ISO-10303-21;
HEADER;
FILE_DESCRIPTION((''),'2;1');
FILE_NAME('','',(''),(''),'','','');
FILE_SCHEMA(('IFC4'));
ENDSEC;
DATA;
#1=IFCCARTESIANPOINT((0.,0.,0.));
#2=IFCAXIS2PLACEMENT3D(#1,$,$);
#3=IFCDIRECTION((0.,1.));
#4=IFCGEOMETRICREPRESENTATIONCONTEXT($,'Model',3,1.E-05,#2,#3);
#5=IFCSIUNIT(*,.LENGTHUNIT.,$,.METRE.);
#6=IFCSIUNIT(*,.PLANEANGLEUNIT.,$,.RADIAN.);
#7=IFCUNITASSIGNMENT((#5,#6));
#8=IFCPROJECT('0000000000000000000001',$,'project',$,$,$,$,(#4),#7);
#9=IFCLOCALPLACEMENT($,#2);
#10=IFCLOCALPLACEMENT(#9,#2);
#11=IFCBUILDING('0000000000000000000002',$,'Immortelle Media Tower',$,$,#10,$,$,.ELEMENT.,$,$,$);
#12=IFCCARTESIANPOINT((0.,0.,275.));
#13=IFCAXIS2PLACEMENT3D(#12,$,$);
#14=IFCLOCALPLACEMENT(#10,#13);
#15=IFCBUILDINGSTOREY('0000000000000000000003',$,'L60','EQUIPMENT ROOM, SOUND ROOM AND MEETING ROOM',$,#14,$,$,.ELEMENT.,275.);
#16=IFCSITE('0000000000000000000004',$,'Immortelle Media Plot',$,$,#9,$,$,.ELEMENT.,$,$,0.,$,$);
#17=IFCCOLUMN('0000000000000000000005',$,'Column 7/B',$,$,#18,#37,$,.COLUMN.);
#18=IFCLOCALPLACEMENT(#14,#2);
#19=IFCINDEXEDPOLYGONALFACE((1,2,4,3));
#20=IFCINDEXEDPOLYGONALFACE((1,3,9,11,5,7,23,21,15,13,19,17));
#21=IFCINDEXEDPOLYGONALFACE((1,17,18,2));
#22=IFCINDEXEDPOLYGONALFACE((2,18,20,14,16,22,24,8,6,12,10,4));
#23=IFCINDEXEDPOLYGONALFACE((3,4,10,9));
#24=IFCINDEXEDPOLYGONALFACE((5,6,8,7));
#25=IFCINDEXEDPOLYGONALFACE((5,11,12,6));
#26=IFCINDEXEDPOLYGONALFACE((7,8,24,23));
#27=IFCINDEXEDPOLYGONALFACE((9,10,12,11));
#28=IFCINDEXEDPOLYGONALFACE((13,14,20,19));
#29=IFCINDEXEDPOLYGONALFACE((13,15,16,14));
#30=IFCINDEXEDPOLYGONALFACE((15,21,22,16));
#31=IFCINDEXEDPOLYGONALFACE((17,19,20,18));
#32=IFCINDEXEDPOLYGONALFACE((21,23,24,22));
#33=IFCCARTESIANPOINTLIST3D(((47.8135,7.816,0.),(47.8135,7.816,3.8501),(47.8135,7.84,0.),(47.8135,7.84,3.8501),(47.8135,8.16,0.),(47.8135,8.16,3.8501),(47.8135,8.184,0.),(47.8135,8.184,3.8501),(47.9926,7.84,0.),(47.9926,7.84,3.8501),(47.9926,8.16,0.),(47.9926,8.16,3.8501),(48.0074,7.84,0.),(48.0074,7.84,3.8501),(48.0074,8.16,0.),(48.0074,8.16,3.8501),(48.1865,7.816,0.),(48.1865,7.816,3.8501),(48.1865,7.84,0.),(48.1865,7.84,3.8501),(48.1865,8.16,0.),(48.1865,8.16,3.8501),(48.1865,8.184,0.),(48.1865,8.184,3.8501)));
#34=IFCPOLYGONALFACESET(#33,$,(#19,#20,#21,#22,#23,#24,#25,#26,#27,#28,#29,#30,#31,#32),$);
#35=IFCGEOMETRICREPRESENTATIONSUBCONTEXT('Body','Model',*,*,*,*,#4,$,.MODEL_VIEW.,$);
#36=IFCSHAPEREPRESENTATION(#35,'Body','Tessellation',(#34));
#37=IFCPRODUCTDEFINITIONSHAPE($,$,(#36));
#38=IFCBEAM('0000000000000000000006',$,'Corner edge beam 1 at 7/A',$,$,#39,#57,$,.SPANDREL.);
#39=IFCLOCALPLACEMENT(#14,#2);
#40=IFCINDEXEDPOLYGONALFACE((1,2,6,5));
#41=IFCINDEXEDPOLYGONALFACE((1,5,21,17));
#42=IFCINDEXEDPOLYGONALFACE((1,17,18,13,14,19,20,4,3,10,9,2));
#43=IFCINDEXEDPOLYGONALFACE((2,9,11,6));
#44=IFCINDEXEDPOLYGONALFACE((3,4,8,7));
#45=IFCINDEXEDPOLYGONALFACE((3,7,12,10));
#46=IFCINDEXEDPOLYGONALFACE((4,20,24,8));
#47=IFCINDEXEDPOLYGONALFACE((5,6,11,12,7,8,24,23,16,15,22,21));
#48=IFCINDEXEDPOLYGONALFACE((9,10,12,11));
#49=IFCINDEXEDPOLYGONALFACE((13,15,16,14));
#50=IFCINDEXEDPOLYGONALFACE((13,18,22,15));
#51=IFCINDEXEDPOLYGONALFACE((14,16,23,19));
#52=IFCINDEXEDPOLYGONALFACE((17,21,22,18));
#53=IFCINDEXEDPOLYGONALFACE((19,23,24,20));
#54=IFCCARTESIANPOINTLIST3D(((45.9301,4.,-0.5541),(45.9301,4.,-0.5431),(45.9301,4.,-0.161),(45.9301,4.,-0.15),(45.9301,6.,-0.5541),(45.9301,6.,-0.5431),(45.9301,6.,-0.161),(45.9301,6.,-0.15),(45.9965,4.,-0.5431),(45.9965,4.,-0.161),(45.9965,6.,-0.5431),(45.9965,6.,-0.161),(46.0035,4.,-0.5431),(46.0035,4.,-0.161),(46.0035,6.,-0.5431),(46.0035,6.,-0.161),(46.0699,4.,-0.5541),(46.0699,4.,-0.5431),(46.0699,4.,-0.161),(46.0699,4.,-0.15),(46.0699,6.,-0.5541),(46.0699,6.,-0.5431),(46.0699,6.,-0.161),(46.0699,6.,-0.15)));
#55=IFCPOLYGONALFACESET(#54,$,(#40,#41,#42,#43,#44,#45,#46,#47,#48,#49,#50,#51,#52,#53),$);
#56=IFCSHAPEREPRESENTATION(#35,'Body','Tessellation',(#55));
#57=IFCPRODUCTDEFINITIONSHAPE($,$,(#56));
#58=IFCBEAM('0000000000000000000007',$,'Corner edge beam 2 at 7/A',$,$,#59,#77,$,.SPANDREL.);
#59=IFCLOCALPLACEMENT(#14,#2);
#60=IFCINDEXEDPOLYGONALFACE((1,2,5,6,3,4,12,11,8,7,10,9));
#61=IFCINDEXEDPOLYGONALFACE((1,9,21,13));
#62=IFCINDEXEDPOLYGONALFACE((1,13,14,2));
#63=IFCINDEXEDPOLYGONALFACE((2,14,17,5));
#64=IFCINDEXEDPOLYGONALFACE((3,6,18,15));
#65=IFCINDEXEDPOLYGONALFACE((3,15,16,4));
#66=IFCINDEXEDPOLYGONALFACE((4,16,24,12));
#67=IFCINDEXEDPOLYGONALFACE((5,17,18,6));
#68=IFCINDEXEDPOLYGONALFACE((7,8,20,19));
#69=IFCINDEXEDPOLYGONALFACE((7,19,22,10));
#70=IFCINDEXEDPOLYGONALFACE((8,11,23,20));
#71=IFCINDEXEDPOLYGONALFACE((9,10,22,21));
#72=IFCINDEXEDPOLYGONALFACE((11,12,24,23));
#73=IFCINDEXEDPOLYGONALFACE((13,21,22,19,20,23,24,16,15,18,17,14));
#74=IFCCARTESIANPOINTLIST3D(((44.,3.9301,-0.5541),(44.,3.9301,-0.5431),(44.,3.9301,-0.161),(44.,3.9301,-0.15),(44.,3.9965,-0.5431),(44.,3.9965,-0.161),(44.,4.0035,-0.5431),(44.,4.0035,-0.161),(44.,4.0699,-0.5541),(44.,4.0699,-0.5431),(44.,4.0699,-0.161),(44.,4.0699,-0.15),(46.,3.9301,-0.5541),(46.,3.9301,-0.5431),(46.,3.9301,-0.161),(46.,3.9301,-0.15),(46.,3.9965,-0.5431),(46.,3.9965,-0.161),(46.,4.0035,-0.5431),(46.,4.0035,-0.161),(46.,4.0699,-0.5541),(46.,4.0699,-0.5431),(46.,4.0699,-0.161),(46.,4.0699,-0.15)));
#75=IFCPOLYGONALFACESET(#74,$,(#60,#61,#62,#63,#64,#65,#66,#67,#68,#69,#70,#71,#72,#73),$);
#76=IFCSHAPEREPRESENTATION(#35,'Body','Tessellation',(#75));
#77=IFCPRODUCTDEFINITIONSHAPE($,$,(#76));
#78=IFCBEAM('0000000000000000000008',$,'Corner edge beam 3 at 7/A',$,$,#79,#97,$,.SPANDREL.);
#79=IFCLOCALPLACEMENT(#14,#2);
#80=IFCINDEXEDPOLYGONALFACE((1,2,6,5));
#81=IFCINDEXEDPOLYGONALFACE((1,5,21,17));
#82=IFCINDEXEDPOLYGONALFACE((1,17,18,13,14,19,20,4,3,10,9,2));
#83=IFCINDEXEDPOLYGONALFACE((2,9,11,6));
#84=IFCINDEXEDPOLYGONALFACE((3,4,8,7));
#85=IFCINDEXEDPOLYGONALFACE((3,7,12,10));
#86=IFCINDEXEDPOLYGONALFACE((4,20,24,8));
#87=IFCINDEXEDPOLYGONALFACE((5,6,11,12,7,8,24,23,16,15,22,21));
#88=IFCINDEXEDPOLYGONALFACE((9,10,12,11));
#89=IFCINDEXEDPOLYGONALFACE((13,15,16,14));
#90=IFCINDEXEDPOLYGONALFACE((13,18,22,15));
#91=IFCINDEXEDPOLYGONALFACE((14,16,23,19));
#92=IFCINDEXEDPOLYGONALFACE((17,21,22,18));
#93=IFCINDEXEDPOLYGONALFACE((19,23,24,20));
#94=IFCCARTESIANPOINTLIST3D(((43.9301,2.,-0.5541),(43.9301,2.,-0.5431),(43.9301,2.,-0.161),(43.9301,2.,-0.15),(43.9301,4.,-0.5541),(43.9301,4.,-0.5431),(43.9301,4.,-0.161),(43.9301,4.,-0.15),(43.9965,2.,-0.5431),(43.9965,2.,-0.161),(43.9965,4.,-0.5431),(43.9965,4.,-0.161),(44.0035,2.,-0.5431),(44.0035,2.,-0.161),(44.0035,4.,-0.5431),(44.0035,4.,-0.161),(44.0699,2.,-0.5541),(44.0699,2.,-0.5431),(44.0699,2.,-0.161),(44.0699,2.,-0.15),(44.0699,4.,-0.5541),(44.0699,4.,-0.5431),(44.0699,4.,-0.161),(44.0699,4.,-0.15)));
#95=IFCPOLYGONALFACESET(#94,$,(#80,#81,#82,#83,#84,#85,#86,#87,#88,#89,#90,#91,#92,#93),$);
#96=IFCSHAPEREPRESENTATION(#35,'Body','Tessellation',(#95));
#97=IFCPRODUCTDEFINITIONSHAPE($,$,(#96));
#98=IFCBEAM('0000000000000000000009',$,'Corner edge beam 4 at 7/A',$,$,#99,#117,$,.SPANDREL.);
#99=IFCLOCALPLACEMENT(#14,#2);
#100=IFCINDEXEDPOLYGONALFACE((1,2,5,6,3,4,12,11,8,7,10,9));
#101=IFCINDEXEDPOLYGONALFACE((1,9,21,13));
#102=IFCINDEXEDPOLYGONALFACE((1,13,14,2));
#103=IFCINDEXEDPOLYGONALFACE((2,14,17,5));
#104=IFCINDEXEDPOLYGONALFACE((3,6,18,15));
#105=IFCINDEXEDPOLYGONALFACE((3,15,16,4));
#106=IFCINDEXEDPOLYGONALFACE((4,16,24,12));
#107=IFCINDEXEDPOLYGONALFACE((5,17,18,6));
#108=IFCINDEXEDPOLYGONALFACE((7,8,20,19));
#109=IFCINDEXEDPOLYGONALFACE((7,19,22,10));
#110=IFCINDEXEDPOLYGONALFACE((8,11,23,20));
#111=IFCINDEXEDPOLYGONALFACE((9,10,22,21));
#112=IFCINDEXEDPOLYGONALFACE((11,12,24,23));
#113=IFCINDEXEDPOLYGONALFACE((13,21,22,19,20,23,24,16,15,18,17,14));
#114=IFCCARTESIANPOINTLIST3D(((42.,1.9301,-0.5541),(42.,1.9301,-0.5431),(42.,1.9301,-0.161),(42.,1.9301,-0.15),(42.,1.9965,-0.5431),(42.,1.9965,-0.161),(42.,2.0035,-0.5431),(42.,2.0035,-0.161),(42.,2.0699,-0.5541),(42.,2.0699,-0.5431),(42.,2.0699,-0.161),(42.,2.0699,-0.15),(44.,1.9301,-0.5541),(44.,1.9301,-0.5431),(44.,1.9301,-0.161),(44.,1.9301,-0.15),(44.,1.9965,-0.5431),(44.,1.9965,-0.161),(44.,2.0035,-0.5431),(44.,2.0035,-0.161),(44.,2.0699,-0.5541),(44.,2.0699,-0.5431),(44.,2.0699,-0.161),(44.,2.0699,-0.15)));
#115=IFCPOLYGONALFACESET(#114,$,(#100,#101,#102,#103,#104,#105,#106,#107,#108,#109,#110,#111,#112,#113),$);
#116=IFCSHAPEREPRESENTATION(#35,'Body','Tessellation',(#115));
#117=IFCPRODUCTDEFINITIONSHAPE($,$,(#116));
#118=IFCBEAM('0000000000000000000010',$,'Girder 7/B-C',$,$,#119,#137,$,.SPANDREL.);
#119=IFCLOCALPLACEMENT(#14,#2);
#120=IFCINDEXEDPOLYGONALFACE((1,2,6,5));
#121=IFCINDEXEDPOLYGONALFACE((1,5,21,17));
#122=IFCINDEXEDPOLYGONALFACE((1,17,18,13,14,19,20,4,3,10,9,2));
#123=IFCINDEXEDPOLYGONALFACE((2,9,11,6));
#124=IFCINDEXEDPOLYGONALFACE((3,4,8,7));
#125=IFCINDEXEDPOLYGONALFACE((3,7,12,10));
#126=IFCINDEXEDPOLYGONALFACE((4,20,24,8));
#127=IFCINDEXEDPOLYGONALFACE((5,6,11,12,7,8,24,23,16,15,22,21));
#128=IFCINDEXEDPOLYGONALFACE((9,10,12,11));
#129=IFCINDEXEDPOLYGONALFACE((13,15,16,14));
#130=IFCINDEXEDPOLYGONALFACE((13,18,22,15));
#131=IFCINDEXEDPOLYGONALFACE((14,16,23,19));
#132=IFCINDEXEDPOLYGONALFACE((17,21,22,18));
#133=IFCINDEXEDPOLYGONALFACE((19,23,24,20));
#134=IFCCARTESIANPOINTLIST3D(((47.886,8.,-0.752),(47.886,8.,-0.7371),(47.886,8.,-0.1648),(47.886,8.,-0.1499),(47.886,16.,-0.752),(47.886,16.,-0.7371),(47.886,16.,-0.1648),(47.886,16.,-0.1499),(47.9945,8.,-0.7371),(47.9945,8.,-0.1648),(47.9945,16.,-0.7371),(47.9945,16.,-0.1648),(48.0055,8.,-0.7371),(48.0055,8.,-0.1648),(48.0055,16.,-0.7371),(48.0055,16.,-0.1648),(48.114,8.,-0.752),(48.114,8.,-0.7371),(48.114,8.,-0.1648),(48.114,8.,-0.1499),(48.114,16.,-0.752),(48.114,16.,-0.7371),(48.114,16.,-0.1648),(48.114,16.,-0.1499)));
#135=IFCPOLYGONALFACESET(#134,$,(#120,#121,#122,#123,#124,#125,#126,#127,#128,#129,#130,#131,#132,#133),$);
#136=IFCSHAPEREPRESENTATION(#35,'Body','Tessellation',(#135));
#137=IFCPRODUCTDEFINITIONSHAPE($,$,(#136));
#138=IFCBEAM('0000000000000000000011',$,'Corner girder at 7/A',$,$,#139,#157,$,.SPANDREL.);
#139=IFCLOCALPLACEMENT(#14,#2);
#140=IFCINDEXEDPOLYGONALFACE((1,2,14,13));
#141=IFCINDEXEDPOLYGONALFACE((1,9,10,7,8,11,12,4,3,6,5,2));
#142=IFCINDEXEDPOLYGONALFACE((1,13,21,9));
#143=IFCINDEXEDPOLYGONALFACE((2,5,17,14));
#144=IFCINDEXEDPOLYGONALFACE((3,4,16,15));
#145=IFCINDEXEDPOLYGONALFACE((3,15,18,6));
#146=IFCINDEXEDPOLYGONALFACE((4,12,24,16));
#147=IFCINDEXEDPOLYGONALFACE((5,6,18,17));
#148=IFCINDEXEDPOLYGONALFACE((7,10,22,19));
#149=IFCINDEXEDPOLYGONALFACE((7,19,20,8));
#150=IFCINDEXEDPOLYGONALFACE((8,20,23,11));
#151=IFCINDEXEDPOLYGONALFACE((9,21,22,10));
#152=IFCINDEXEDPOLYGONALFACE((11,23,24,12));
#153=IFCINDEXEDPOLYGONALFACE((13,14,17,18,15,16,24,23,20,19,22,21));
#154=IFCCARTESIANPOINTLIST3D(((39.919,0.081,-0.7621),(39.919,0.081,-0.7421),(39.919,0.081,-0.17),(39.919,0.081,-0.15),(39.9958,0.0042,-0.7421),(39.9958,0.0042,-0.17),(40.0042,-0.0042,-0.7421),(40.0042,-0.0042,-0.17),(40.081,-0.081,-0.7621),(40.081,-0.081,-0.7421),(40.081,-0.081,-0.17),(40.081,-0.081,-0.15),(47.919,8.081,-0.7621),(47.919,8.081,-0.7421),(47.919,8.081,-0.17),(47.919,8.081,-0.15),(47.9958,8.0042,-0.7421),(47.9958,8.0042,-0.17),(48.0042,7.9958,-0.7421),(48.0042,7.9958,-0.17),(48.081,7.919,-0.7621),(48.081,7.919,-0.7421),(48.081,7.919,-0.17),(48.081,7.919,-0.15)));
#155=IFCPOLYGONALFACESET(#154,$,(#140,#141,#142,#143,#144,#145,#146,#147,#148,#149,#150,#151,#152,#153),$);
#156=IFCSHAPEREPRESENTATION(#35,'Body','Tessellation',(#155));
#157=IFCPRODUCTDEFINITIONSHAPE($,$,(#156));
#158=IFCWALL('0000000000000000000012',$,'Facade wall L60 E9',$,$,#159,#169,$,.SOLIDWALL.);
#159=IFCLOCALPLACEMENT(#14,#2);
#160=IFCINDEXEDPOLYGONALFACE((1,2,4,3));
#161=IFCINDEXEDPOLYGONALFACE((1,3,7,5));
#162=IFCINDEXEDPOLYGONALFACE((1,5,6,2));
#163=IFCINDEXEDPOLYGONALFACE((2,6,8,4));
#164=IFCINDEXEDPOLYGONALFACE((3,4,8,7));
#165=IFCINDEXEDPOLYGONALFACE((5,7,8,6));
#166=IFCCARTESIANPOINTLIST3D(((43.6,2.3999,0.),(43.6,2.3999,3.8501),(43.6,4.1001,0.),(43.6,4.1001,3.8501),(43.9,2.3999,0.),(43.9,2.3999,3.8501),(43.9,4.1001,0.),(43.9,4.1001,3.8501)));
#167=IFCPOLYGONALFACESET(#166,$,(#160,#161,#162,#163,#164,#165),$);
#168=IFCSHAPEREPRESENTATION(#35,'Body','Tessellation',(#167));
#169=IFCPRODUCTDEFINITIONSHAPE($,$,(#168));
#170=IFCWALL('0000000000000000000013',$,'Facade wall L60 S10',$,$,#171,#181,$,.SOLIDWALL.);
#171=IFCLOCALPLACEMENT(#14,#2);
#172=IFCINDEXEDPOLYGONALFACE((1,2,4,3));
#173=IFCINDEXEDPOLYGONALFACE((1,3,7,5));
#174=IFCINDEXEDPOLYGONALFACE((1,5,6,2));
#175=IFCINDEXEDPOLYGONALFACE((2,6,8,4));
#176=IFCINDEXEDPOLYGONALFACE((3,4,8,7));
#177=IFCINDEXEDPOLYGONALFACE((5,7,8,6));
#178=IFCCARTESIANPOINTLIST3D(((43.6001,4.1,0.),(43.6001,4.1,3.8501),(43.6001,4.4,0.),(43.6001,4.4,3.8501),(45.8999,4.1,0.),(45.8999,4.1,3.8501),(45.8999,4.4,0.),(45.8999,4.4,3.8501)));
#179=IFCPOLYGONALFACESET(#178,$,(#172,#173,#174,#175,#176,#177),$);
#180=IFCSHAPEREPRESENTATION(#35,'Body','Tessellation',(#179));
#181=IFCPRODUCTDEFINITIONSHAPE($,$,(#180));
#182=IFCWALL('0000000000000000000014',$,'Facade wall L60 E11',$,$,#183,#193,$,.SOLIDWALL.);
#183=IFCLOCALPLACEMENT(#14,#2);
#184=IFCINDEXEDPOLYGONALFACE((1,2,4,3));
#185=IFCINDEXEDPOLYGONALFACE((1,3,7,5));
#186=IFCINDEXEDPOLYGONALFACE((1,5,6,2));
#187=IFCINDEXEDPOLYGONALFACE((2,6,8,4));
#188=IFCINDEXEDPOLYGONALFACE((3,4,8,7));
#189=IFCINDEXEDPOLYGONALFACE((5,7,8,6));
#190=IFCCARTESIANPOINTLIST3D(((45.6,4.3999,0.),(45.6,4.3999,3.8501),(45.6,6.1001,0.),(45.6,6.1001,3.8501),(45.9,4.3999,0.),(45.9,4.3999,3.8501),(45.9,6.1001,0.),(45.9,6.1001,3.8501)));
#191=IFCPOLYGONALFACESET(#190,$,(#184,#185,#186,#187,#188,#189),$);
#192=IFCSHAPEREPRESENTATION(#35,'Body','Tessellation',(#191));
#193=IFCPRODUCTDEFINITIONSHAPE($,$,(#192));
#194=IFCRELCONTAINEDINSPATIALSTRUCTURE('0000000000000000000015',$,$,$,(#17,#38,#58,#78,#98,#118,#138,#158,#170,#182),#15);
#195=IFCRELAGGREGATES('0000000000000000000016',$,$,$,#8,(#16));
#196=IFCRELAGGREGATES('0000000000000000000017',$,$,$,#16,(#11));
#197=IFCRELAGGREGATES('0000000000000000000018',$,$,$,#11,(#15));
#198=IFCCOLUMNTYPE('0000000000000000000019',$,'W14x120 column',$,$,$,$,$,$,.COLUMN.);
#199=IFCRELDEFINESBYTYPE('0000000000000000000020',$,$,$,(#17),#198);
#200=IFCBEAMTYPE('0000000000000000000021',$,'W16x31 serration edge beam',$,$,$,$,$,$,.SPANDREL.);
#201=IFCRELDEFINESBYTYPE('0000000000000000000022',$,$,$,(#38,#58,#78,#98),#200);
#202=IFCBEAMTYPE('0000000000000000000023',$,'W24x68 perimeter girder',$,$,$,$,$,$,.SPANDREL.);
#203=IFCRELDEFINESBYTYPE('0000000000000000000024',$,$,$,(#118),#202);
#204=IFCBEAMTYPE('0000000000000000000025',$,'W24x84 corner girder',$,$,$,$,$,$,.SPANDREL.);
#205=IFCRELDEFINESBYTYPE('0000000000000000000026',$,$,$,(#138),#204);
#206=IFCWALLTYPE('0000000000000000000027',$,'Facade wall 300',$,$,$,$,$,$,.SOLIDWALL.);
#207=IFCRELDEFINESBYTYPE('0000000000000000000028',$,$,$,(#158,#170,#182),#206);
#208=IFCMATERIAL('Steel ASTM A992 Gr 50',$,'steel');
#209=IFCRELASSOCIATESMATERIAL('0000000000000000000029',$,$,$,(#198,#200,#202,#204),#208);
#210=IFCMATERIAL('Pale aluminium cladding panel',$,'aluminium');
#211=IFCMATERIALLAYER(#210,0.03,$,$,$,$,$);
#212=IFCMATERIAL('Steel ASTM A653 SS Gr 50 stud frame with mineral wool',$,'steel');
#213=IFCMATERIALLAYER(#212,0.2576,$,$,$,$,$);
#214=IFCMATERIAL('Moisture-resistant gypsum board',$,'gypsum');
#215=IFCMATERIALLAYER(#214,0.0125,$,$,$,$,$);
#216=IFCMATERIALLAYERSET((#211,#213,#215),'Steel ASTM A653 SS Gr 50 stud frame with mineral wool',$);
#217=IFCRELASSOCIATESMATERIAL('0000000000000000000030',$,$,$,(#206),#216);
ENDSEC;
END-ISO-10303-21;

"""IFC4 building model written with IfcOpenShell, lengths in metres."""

from ifc_helpers import new_model, si_unit, direction, frame, frame_2d, origin, origin_2d, place, context, subcontext, project, spatial, rectangle, i_section, extrude, material, layer, layer_set, material_profile, profile_set, type_object, element, save


model = new_model("IFC4")

# Units and contexts
model_context = context("Model", 3, precision=1e-05, world=origin(), true_north=direction((0.0, 1.0)))
body_context = subcontext(model_context, "Body", "Model", "MODEL_VIEW")
ifc_project = project(units=[si_unit("LENGTHUNIT", "METRE"), si_unit("PLANEANGLEUNIT", "RADIAN")], contexts=[model_context])

# Site, building, storey
site_placement = place(None, origin())
site = spatial("IfcSite", under=ifc_project, at=site_placement, Name="Immortelle Media Plot", CompositionType="ELEMENT", RefElevation=0.0)
building_placement = place(site_placement, origin())
building = spatial("IfcBuilding", under=site, at=building_placement, Name="Immortelle Media Tower", CompositionType="ELEMENT")
storey_placement = place(building_placement, frame((0.0, 0.0, 275.0)))
storey = spatial("IfcBuildingStorey", under=building, at=storey_placement, Name="L60", Description="EQUIPMENT ROOM, SOUND ROOM AND MEETING ROOM", CompositionType="ELEMENT", Elevation=275.0)

# Column
ifc_material_1 = material(Name="Steel ASTM A992 Gr 50", Category="steel")
ifc_material_profile_1 = material_profile(ifc_material_1, i_section(OverallWidth=0.373, OverallDepth=0.3679, WebThickness=0.0149, FlangeThickness=0.0239, at=origin_2d()), Name="W14x120")
ifc_profile_set_1 = profile_set([ifc_material_profile_1], Name="Steel ASTM A992 Gr 50")
column_type = type_object("IfcColumnType", Name="W14x120 column", PredefinedType="COLUMN", material=ifc_profile_set_1)
column_placement = place(storey_placement, frame((48.0, 8.0, 0.0), z_axis=(0.0, 0.0, 1.0), x_axis=(1.0, 0.0, 0.0)))
element("IfcColumn", 1, at=column_placement, inside=storey, type_object=column_type, Name="Column 7/B", PredefinedType="COLUMN", context=body_context, shape_type="SweptSolid", body=[
    extrude(i_section(OverallWidth=0.373, OverallDepth=0.3679, WebThickness=0.0149, FlangeThickness=0.0239, at=origin_2d()), origin(), (0.0, 0.0, 1.0), 3.8501),
])

# Beams
ifc_material_profile_2 = material_profile(ifc_material_1, i_section(OverallWidth=0.1399, OverallDepth=0.4041, WebThickness=0.0071, FlangeThickness=0.011, at=origin_2d()), Name="W16x31")
ifc_profile_set_2 = profile_set([ifc_material_profile_2], Name="Steel ASTM A992 Gr 50")
beam_type_1 = type_object("IfcBeamType", Name="W16x31 serration edge beam", PredefinedType="SPANDREL", material=ifc_profile_set_2)
for number, where, z_axis, x_axis, name in (
    (2, (46.0, 6.0, -0.3521), (0.0, -1.0, 0.0), (1.0, 0.0, 0.0), "Corner edge beam 1 at 7/A"),
    (3, (46.0, 4.0, -0.3521), (-1.0, 0.0, 0.0), (0.0, -1.0, 0.0), "Corner edge beam 2 at 7/A"),
    (4, (44.0, 4.0, -0.3521), (0.0, -1.0, 0.0), (1.0, 0.0, 0.0), "Corner edge beam 3 at 7/A"),
    (5, (44.0, 2.0, -0.3521), (-1.0, 0.0, 0.0), (0.0, -1.0, 0.0), "Corner edge beam 4 at 7/A"),
):
    element("IfcBeam", number, at=place(storey_placement, frame(where, z_axis=z_axis, x_axis=x_axis)), inside=storey, type_object=beam_type_1, Name=name, PredefinedType="SPANDREL", context=body_context, shape_type="SweptSolid", body=[
        extrude(i_section(OverallWidth=0.1399, OverallDepth=0.4041, WebThickness=0.0071, FlangeThickness=0.011, at=origin_2d()), origin(), (0.0, 0.0, 1.0), 2.0),
    ])
ifc_material_profile_3 = material_profile(ifc_material_1, i_section(OverallWidth=0.228, OverallDepth=0.6021, WebThickness=0.011, FlangeThickness=0.0149, at=origin_2d()), Name="W24x68")
ifc_profile_set_3 = profile_set([ifc_material_profile_3], Name="Steel ASTM A992 Gr 50")
beam_type_2 = type_object("IfcBeamType", Name="W24x68 perimeter girder", PredefinedType="SPANDREL", material=ifc_profile_set_3)
beam_1_placement = place(storey_placement, frame((48.0, 8.0, -0.4509), z_axis=(0.0, 1.0, 0.0), x_axis=(-1.0, 0.0, 0.0)))
element("IfcBeam", 6, at=beam_1_placement, inside=storey, type_object=beam_type_2, Name="Girder 7/B-C", PredefinedType="SPANDREL", context=body_context, shape_type="SweptSolid", body=[
    extrude(i_section(OverallWidth=0.228, OverallDepth=0.6021, WebThickness=0.011, FlangeThickness=0.0149, at=origin_2d()), origin(), (0.0, 0.0, 1.0), 8.0),
])
ifc_material_profile_4 = material_profile(ifc_material_1, i_section(OverallWidth=0.229, OverallDepth=0.6121, WebThickness=0.012, FlangeThickness=0.02, at=origin_2d()), Name="W24x84")
ifc_profile_set_4 = profile_set([ifc_material_profile_4], Name="Steel ASTM A992 Gr 50")
beam_type_3 = type_object("IfcBeamType", Name="W24x84 corner girder", PredefinedType="SPANDREL", material=ifc_profile_set_4)
beam_2_placement = place(storey_placement, frame((48.0, 8.0, -0.4561), z_axis=(-0.707107, -0.707107, 0.0), x_axis=(0.707107, -0.707107, 0.0)))
element("IfcBeam", 7, at=beam_2_placement, inside=storey, type_object=beam_type_3, Name="Corner girder at 7/A", PredefinedType="SPANDREL", context=body_context, shape_type="SweptSolid", body=[
    extrude(i_section(OverallWidth=0.229, OverallDepth=0.6121, WebThickness=0.012, FlangeThickness=0.02, at=origin_2d()), origin(), (0.0, 0.0, 1.0), 11.3137),
])

# Walls
ifc_material_2 = material(Name="Pale aluminium cladding panel", Category="aluminium")
ifc_layer_1 = layer(ifc_material_2, 0.03)
ifc_material_3 = material(Name="Steel ASTM A653 SS Gr 50 stud frame with mineral wool", Category="steel")
ifc_layer_2 = layer(ifc_material_3, 0.2576)
ifc_material_4 = material(Name="Moisture-resistant gypsum board", Category="gypsum")
ifc_layer_3 = layer(ifc_material_4, 0.0125)
ifc_layer_set_1 = layer_set([ifc_layer_1, ifc_layer_2, ifc_layer_3], Name="Steel ASTM A653 SS Gr 50 stud frame with mineral wool")
wall_type_1 = type_object("IfcWallType", Name="Facade wall 300", PredefinedType="SOLIDWALL", material=ifc_layer_set_1)
wall_1_placement = place(storey_placement, frame((43.75, 2.3999, 0.0), z_axis=(0.0, 0.0, 1.0), x_axis=(0.0, 1.0, 0.0)))
element("IfcWall", 8, at=wall_1_placement, inside=storey, type_object=wall_type_1, Name="Facade wall L60 E9", PredefinedType="SOLIDWALL", context=body_context, shape_type="SweptSolid", body=[
    extrude(rectangle(XDim=1.7002, YDim=0.3, at=frame_2d((0.8501, 0.0))), origin(), (0.0, 0.0, 1.0), 3.8501),
])
wall_2_placement = place(storey_placement, frame((43.6001, 4.25, 0.0), z_axis=(0.0, 0.0, 1.0), x_axis=(1.0, 0.0, 0.0)))
element("IfcWall", 9, at=wall_2_placement, inside=storey, type_object=wall_type_1, Name="Facade wall L60 S10", PredefinedType="SOLIDWALL", context=body_context, shape_type="SweptSolid", body=[
    extrude(rectangle(XDim=2.2998, YDim=0.3, at=frame_2d((1.1499, 0.0))), origin(), (0.0, 0.0, 1.0), 3.8501),
])
wall_3_placement = place(storey_placement, frame((45.75, 4.3999, 0.0), z_axis=(0.0, 0.0, 1.0), x_axis=(0.0, 1.0, 0.0)))
element("IfcWall", 10, at=wall_3_placement, inside=storey, type_object=wall_type_1, Name="Facade wall L60 E11", PredefinedType="SOLIDWALL", context=body_context, shape_type="SweptSolid", body=[
    extrude(rectangle(XDim=1.7002, YDim=0.3, at=frame_2d((0.8501, 0.0))), origin(), (0.0, 0.0, 1.0), 3.8501),
])

save(model, "model.ifc")
